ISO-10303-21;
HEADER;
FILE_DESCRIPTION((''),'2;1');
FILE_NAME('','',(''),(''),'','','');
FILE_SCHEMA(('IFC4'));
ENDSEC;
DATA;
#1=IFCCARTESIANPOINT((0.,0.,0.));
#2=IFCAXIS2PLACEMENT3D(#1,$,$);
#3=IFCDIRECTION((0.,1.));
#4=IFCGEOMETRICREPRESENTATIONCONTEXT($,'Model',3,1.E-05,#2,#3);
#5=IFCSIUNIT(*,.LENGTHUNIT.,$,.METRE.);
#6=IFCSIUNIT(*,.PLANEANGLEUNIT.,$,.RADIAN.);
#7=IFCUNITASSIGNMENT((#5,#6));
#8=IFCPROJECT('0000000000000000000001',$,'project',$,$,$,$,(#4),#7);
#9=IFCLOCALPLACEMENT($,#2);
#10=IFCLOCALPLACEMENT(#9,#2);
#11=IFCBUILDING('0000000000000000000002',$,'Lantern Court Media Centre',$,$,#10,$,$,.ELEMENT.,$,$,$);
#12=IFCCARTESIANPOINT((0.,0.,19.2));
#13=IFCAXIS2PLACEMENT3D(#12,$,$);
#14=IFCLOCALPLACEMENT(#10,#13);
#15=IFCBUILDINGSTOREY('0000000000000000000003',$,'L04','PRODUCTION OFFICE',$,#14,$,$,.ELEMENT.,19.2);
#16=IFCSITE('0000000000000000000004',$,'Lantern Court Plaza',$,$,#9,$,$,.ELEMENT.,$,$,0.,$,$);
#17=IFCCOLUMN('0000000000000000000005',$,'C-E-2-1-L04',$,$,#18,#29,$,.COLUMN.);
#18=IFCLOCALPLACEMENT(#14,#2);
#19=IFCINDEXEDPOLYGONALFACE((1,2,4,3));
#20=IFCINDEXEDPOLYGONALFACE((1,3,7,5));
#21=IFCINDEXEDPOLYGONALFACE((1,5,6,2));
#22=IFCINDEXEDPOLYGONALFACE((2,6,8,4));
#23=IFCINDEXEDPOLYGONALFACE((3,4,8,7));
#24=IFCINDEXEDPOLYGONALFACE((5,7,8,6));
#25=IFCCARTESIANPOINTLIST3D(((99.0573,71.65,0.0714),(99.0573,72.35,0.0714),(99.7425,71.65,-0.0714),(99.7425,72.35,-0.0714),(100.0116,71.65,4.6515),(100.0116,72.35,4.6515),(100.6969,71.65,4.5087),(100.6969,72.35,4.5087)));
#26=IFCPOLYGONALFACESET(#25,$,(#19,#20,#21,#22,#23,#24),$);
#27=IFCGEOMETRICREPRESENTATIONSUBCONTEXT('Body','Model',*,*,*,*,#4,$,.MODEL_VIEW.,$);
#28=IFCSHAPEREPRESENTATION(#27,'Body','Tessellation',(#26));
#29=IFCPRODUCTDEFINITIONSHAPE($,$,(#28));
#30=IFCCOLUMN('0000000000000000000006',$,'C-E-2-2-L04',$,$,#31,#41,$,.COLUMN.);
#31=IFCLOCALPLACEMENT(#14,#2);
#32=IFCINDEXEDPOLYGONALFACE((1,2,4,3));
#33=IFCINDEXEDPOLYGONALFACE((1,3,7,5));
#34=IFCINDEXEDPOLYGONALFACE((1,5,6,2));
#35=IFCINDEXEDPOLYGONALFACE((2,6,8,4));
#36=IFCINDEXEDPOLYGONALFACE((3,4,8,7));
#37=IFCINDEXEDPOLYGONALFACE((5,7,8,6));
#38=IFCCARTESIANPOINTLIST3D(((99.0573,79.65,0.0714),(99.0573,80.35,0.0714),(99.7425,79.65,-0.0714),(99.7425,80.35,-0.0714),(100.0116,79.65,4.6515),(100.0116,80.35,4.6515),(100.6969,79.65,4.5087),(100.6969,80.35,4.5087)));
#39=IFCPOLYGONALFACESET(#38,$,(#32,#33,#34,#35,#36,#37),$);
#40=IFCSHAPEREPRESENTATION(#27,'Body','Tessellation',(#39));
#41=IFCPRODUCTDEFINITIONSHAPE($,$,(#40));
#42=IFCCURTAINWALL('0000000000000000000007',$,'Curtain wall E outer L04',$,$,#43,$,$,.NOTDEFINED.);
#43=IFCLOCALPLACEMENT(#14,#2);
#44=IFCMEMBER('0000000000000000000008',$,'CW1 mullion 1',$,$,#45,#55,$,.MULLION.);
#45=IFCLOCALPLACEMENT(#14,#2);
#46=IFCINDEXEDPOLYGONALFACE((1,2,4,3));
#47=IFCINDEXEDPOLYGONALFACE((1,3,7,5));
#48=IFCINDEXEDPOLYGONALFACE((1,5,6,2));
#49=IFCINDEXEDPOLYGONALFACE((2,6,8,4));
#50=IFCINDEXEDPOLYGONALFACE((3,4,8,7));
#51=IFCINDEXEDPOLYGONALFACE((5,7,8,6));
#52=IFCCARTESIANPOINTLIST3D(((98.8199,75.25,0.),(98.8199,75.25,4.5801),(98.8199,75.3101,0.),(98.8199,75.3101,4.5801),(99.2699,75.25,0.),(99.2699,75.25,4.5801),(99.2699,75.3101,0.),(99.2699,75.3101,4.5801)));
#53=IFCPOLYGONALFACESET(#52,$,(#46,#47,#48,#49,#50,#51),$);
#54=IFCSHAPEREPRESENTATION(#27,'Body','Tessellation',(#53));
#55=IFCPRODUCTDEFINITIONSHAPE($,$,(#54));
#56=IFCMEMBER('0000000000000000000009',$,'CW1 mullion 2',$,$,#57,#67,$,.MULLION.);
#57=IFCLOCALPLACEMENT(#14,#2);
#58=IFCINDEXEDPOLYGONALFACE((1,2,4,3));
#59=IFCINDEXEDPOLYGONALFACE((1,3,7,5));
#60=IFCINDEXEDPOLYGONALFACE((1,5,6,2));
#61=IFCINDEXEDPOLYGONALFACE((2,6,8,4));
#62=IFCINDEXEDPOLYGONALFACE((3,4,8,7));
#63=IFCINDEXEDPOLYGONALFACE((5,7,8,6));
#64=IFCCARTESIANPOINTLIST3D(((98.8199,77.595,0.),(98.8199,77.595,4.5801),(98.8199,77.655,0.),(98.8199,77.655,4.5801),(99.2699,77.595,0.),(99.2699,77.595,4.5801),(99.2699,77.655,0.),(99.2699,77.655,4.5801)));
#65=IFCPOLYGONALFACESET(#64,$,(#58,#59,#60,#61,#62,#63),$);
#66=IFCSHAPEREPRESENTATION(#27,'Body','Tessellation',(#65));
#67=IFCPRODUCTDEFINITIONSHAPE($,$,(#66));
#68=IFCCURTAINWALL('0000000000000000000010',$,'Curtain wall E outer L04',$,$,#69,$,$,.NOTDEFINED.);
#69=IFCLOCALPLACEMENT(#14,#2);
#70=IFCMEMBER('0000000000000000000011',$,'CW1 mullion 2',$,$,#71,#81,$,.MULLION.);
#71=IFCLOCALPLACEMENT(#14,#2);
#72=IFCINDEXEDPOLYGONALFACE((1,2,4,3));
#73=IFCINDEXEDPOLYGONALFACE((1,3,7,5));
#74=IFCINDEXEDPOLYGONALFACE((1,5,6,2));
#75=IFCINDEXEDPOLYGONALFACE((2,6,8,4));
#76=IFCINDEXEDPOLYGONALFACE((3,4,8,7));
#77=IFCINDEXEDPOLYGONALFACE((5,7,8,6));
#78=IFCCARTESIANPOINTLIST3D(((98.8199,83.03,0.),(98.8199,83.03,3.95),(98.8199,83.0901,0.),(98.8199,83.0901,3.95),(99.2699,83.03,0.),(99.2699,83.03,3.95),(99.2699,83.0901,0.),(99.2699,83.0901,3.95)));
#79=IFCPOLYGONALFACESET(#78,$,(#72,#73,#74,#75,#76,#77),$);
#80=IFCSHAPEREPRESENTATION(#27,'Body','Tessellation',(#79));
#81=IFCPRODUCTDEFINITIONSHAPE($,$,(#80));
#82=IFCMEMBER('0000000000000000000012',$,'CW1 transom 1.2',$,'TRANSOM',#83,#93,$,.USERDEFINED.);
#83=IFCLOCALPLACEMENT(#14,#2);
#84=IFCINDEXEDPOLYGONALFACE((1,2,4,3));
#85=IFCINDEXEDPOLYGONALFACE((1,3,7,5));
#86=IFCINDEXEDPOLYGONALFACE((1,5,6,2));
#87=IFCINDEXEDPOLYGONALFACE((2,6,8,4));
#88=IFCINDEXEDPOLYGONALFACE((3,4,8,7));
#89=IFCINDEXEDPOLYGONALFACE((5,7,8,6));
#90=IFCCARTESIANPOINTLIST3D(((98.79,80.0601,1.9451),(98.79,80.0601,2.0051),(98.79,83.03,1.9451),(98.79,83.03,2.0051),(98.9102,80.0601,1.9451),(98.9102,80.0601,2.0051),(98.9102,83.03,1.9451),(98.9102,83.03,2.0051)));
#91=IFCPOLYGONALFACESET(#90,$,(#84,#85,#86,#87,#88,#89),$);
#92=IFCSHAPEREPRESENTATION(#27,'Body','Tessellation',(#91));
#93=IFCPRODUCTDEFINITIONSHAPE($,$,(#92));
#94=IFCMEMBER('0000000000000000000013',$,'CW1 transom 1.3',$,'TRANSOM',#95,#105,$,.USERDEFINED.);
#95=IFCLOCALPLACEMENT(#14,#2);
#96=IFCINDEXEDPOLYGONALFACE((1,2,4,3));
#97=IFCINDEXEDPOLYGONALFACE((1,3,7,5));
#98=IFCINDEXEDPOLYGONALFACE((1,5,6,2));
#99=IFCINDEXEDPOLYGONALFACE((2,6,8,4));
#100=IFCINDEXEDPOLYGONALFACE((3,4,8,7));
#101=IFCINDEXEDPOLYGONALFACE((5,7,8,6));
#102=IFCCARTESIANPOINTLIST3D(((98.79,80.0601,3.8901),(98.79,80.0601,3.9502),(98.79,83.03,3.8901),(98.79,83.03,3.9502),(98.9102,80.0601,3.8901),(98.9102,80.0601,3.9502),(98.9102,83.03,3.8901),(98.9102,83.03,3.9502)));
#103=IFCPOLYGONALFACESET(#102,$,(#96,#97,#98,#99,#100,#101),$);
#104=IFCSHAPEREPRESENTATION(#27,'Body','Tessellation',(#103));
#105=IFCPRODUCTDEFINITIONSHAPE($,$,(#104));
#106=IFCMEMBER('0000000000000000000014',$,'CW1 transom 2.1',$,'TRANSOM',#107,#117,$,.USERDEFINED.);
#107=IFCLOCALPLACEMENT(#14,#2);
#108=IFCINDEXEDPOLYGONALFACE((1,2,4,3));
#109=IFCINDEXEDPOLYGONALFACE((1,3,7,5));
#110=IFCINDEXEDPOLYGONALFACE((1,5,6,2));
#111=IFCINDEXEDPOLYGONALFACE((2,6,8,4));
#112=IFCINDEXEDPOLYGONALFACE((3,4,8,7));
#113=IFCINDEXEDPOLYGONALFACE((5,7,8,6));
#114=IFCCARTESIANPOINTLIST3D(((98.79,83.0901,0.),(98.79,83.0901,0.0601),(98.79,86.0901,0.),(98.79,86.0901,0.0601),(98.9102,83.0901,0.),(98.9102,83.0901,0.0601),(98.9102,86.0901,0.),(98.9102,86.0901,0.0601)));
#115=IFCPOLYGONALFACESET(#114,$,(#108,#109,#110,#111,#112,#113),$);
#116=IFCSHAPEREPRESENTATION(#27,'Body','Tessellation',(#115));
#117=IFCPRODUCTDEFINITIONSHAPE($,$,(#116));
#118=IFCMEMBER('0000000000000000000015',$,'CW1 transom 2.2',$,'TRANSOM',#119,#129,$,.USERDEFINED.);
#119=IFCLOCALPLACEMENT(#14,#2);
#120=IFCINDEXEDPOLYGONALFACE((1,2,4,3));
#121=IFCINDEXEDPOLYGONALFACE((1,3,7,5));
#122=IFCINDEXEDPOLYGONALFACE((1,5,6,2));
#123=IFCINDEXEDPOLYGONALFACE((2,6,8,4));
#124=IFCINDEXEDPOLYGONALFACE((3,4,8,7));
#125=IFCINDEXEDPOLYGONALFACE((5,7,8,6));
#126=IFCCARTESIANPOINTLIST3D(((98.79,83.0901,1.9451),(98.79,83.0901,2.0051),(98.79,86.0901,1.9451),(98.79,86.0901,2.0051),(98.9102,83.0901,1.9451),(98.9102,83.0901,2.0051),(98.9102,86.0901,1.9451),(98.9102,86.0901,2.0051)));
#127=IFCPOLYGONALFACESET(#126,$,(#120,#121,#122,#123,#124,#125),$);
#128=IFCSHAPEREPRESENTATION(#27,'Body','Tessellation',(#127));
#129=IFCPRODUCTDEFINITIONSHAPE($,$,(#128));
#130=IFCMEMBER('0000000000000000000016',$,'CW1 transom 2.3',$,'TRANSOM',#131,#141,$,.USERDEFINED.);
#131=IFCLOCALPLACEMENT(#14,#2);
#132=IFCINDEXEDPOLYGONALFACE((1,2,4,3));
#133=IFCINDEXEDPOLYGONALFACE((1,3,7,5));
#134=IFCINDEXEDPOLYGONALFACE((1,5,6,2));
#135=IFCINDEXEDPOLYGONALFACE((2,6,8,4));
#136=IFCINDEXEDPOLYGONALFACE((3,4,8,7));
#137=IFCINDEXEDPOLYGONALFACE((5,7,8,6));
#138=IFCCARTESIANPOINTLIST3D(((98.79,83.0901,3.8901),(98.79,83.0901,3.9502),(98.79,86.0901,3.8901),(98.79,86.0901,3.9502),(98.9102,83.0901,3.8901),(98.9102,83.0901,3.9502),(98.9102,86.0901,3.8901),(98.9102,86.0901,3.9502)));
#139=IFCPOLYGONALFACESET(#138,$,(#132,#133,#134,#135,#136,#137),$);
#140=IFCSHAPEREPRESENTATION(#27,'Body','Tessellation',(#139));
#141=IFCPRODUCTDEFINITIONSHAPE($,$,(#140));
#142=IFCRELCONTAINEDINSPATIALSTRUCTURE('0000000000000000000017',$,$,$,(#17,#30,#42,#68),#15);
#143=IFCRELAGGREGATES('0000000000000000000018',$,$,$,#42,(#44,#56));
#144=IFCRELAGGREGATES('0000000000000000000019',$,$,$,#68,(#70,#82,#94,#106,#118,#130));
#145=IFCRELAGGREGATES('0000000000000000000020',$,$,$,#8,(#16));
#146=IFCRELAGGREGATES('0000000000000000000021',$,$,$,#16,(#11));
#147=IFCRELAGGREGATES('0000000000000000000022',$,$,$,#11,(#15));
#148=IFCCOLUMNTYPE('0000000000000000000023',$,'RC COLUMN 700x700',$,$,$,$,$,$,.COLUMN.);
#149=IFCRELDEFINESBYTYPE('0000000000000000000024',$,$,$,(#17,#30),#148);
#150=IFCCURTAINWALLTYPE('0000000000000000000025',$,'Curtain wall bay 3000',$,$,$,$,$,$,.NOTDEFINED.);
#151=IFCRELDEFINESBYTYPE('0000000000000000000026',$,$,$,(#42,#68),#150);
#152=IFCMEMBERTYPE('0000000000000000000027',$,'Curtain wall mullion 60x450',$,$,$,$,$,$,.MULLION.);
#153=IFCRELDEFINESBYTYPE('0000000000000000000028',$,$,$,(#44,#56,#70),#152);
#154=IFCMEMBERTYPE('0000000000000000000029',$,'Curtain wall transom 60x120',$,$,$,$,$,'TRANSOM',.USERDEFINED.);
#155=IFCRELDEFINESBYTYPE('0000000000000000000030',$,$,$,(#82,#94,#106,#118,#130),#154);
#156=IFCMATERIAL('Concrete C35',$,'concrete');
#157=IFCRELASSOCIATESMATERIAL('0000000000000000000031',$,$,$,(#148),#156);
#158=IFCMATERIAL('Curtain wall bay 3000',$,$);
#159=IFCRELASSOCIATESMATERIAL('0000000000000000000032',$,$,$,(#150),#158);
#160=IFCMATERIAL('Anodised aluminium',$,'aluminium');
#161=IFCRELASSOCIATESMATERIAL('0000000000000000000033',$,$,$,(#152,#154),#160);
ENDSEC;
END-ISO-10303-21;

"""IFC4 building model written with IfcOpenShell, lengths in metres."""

from ifc_helpers import new_model, si_unit, direction, frame, origin, origin_2d, place, context, subcontext, project, spatial, rectangle, extrude, material, material_profile, profile_set, type_object, element, aggregate, save


model = new_model("IFC4")

# Units and contexts
model_context = context("Model", 3, precision=1e-05, world=origin(), true_north=direction((0.0, 1.0)))
body_context = subcontext(model_context, "Body", "Model", "MODEL_VIEW")
ifc_project = project(units=[si_unit("LENGTHUNIT", "METRE"), si_unit("PLANEANGLEUNIT", "RADIAN")], contexts=[model_context])

# Site, building, storey
site_placement = place(None, origin())
site = spatial("IfcSite", under=ifc_project, at=site_placement, Name="Lantern Court Plaza", CompositionType="ELEMENT", RefElevation=0.0)
building_placement = place(site_placement, origin())
building = spatial("IfcBuilding", under=site, at=building_placement, Name="Lantern Court Media Centre", CompositionType="ELEMENT")
storey_placement = place(building_placement, frame((0.0, 0.0, 19.2)))
storey = spatial("IfcBuildingStorey", under=building, at=storey_placement, Name="L04", Description="PRODUCTION OFFICE", CompositionType="ELEMENT", Elevation=19.2)

# Columns
ifc_material_1 = material(Name="Concrete C35", Category="concrete")
ifc_material_profile_1 = material_profile(ifc_material_1, rectangle(XDim=0.7, YDim=0.7, at=origin_2d()), Name="RC 700x700")
ifc_profile_set_1 = profile_set([ifc_material_profile_1], Name="Concrete C35")
column_type = type_object("IfcColumnType", Name="RC COLUMN 700x700", PredefinedType="COLUMN", material=ifc_profile_set_1)
for number, where, z_axis, x_axis, name in (
    (1, (99.3999, 72.0, 0.0), (0.203988, 0.0, 0.978973), (0.0, 1.0, 0.0), "C-E-2-1-L04"),
    (2, (99.3999, 80.0, 0.0), (0.203988, 0.0, 0.978973), (0.0, 1.0, 0.0), "C-E-2-2-L04"),
):
    element("IfcColumn", number, at=place(storey_placement, frame(where, z_axis=z_axis, x_axis=x_axis)), inside=storey, type_object=column_type, Name=name, PredefinedType="COLUMN", context=body_context, shape_type="SweptSolid", body=[
        extrude(rectangle(XDim=0.7, YDim=0.7, at=origin_2d()), origin(), (0.0, 0.0, 1.0), 4.6785),
    ])

# Curtain walls, members
ifc_material_2 = material(Name="Curtain wall bay 3000")
curtain_wall_type = type_object("IfcCurtainWallType", Name="Curtain wall bay 3000", PredefinedType="NOTDEFINED", material=ifc_material_2)
curtain_wall_1_placement = place(storey_placement, origin())
curtain_wall_1 = element("IfcCurtainWall", 3, at=curtain_wall_1_placement, inside=storey, type_object=curtain_wall_type, Name="Curtain wall E outer L04", PredefinedType="NOTDEFINED")
ifc_material_3 = material(Name="Anodised aluminium", Category="aluminium")
ifc_material_profile_2 = material_profile(ifc_material_3, rectangle(XDim=0.45, YDim=0.0601, at=origin_2d()), Name="AL 60x450")
ifc_profile_set_2 = profile_set([ifc_material_profile_2], Name="Anodised aluminium")
member_type_1 = type_object("IfcMemberType", Name="Curtain wall mullion 60x450", PredefinedType="MULLION", material=ifc_profile_set_2)
member_1_placement = place(storey_placement, frame((99.0449, 75.28, 0.0), z_axis=(0.0, 0.0, 1.0), x_axis=(-1.0, 0.0, 0.0)))
member_1 = element("IfcMember", 4, at=member_1_placement, type_object=member_type_1, Name="CW1 mullion 1", PredefinedType="MULLION", context=body_context, shape_type="SweptSolid", body=[
    extrude(rectangle(XDim=0.45, YDim=0.0601, at=origin_2d()), origin(), (0.0, 0.0, 1.0), 4.5801),
])
member_2_placement = place(storey_placement, frame((99.0449, 77.625, 0.0), z_axis=(0.0, 0.0, 1.0), x_axis=(-1.0, 0.0, 0.0)))
member_2 = element("IfcMember", 5, at=member_2_placement, type_object=member_type_1, Name="CW1 mullion 2", PredefinedType="MULLION", context=body_context, shape_type="SweptSolid", body=[
    extrude(rectangle(XDim=0.45, YDim=0.0601, at=origin_2d()), origin(), (0.0, 0.0, 1.0), 4.5801),
])
aggregate(curtain_wall_1, [member_1, member_2])
curtain_wall_2_placement = place(storey_placement, origin())
curtain_wall_2 = element("IfcCurtainWall", 6, at=curtain_wall_2_placement, inside=storey, type_object=curtain_wall_type, Name="Curtain wall E outer L04", PredefinedType="NOTDEFINED")
member_3_placement = place(storey_placement, frame((99.0449, 83.0601, 0.0), z_axis=(0.0, 0.0, 1.0), x_axis=(-1.0, 0.0, 0.0)))
member_3 = element("IfcMember", 7, at=member_3_placement, type_object=member_type_1, Name="CW1 mullion 2", PredefinedType="MULLION", context=body_context, shape_type="SweptSolid", body=[
    extrude(rectangle(XDim=0.45, YDim=0.0601, at=origin_2d()), origin(), (0.0, 0.0, 1.0), 3.95),
])
ifc_material_profile_3 = material_profile(ifc_material_3, rectangle(XDim=0.1201, YDim=0.0601, at=origin_2d()), Name="AL 60x120")
ifc_profile_set_3 = profile_set([ifc_material_profile_3], Name="Anodised aluminium")
member_type_2 = type_object("IfcMemberType", Name="Curtain wall transom 60x120", ElementType="TRANSOM", PredefinedType="USERDEFINED", material=ifc_profile_set_3)
member_4_placement = place(storey_placement, frame((98.8501, 80.0601, 1.9751), z_axis=(0.0, 1.0, 0.0), x_axis=(-1.0, 0.0, 0.0)))
member_4 = element("IfcMember", 8, at=member_4_placement, type_object=member_type_2, Name="CW1 transom 1.2", ObjectType="TRANSOM", PredefinedType="USERDEFINED", context=body_context, shape_type="SweptSolid", body=[
    extrude(rectangle(XDim=0.1201, YDim=0.0601, at=origin_2d()), origin(), (0.0, 0.0, 1.0), 2.97),
])
member_5_placement = place(storey_placement, frame((98.8501, 80.0601, 3.9202), z_axis=(0.0, 1.0, 0.0), x_axis=(-1.0, 0.0, 0.0)))
member_5 = element("IfcMember", 9, at=member_5_placement, type_object=member_type_2, Name="CW1 transom 1.3", ObjectType="TRANSOM", PredefinedType="USERDEFINED", context=body_context, shape_type="SweptSolid", body=[
    extrude(rectangle(XDim=0.1201, YDim=0.0601, at=origin_2d()), origin(), (0.0, 0.0, 1.0), 2.97),
])
member_6_placement = place(storey_placement, frame((98.8501, 83.0901, 0.03), z_axis=(0.0, 1.0, 0.0), x_axis=(-1.0, 0.0, 0.0)))
member_6 = element("IfcMember", 10, at=member_6_placement, type_object=member_type_2, Name="CW1 transom 2.1", ObjectType="TRANSOM", PredefinedType="USERDEFINED", context=body_context, shape_type="SweptSolid", body=[
    extrude(rectangle(XDim=0.1201, YDim=0.0601, at=origin_2d()), origin(), (0.0, 0.0, 1.0), 3.0),
])
member_7_placement = place(storey_placement, frame((98.8501, 83.0901, 1.9751), z_axis=(0.0, 1.0, 0.0), x_axis=(-1.0, 0.0, 0.0)))
member_7 = element("IfcMember", 11, at=member_7_placement, type_object=member_type_2, Name="CW1 transom 2.2", ObjectType="TRANSOM", PredefinedType="USERDEFINED", context=body_context, shape_type="SweptSolid", body=[
    extrude(rectangle(XDim=0.1201, YDim=0.0601, at=origin_2d()), origin(), (0.0, 0.0, 1.0), 3.0),
])
member_8_placement = place(storey_placement, frame((98.8501, 83.0901, 3.9202), z_axis=(0.0, 1.0, 0.0), x_axis=(-1.0, 0.0, 0.0)))
member_8 = element("IfcMember", 12, at=member_8_placement, type_object=member_type_2, Name="CW1 transom 2.3", ObjectType="TRANSOM", PredefinedType="USERDEFINED", context=body_context, shape_type="SweptSolid", body=[
    extrude(rectangle(XDim=0.1201, YDim=0.0601, at=origin_2d()), origin(), (0.0, 0.0, 1.0), 3.0),
])

aggregate(curtain_wall_2, [member_3, member_4, member_5, member_6, member_7, member_8])

save(model, "model.ifc")
